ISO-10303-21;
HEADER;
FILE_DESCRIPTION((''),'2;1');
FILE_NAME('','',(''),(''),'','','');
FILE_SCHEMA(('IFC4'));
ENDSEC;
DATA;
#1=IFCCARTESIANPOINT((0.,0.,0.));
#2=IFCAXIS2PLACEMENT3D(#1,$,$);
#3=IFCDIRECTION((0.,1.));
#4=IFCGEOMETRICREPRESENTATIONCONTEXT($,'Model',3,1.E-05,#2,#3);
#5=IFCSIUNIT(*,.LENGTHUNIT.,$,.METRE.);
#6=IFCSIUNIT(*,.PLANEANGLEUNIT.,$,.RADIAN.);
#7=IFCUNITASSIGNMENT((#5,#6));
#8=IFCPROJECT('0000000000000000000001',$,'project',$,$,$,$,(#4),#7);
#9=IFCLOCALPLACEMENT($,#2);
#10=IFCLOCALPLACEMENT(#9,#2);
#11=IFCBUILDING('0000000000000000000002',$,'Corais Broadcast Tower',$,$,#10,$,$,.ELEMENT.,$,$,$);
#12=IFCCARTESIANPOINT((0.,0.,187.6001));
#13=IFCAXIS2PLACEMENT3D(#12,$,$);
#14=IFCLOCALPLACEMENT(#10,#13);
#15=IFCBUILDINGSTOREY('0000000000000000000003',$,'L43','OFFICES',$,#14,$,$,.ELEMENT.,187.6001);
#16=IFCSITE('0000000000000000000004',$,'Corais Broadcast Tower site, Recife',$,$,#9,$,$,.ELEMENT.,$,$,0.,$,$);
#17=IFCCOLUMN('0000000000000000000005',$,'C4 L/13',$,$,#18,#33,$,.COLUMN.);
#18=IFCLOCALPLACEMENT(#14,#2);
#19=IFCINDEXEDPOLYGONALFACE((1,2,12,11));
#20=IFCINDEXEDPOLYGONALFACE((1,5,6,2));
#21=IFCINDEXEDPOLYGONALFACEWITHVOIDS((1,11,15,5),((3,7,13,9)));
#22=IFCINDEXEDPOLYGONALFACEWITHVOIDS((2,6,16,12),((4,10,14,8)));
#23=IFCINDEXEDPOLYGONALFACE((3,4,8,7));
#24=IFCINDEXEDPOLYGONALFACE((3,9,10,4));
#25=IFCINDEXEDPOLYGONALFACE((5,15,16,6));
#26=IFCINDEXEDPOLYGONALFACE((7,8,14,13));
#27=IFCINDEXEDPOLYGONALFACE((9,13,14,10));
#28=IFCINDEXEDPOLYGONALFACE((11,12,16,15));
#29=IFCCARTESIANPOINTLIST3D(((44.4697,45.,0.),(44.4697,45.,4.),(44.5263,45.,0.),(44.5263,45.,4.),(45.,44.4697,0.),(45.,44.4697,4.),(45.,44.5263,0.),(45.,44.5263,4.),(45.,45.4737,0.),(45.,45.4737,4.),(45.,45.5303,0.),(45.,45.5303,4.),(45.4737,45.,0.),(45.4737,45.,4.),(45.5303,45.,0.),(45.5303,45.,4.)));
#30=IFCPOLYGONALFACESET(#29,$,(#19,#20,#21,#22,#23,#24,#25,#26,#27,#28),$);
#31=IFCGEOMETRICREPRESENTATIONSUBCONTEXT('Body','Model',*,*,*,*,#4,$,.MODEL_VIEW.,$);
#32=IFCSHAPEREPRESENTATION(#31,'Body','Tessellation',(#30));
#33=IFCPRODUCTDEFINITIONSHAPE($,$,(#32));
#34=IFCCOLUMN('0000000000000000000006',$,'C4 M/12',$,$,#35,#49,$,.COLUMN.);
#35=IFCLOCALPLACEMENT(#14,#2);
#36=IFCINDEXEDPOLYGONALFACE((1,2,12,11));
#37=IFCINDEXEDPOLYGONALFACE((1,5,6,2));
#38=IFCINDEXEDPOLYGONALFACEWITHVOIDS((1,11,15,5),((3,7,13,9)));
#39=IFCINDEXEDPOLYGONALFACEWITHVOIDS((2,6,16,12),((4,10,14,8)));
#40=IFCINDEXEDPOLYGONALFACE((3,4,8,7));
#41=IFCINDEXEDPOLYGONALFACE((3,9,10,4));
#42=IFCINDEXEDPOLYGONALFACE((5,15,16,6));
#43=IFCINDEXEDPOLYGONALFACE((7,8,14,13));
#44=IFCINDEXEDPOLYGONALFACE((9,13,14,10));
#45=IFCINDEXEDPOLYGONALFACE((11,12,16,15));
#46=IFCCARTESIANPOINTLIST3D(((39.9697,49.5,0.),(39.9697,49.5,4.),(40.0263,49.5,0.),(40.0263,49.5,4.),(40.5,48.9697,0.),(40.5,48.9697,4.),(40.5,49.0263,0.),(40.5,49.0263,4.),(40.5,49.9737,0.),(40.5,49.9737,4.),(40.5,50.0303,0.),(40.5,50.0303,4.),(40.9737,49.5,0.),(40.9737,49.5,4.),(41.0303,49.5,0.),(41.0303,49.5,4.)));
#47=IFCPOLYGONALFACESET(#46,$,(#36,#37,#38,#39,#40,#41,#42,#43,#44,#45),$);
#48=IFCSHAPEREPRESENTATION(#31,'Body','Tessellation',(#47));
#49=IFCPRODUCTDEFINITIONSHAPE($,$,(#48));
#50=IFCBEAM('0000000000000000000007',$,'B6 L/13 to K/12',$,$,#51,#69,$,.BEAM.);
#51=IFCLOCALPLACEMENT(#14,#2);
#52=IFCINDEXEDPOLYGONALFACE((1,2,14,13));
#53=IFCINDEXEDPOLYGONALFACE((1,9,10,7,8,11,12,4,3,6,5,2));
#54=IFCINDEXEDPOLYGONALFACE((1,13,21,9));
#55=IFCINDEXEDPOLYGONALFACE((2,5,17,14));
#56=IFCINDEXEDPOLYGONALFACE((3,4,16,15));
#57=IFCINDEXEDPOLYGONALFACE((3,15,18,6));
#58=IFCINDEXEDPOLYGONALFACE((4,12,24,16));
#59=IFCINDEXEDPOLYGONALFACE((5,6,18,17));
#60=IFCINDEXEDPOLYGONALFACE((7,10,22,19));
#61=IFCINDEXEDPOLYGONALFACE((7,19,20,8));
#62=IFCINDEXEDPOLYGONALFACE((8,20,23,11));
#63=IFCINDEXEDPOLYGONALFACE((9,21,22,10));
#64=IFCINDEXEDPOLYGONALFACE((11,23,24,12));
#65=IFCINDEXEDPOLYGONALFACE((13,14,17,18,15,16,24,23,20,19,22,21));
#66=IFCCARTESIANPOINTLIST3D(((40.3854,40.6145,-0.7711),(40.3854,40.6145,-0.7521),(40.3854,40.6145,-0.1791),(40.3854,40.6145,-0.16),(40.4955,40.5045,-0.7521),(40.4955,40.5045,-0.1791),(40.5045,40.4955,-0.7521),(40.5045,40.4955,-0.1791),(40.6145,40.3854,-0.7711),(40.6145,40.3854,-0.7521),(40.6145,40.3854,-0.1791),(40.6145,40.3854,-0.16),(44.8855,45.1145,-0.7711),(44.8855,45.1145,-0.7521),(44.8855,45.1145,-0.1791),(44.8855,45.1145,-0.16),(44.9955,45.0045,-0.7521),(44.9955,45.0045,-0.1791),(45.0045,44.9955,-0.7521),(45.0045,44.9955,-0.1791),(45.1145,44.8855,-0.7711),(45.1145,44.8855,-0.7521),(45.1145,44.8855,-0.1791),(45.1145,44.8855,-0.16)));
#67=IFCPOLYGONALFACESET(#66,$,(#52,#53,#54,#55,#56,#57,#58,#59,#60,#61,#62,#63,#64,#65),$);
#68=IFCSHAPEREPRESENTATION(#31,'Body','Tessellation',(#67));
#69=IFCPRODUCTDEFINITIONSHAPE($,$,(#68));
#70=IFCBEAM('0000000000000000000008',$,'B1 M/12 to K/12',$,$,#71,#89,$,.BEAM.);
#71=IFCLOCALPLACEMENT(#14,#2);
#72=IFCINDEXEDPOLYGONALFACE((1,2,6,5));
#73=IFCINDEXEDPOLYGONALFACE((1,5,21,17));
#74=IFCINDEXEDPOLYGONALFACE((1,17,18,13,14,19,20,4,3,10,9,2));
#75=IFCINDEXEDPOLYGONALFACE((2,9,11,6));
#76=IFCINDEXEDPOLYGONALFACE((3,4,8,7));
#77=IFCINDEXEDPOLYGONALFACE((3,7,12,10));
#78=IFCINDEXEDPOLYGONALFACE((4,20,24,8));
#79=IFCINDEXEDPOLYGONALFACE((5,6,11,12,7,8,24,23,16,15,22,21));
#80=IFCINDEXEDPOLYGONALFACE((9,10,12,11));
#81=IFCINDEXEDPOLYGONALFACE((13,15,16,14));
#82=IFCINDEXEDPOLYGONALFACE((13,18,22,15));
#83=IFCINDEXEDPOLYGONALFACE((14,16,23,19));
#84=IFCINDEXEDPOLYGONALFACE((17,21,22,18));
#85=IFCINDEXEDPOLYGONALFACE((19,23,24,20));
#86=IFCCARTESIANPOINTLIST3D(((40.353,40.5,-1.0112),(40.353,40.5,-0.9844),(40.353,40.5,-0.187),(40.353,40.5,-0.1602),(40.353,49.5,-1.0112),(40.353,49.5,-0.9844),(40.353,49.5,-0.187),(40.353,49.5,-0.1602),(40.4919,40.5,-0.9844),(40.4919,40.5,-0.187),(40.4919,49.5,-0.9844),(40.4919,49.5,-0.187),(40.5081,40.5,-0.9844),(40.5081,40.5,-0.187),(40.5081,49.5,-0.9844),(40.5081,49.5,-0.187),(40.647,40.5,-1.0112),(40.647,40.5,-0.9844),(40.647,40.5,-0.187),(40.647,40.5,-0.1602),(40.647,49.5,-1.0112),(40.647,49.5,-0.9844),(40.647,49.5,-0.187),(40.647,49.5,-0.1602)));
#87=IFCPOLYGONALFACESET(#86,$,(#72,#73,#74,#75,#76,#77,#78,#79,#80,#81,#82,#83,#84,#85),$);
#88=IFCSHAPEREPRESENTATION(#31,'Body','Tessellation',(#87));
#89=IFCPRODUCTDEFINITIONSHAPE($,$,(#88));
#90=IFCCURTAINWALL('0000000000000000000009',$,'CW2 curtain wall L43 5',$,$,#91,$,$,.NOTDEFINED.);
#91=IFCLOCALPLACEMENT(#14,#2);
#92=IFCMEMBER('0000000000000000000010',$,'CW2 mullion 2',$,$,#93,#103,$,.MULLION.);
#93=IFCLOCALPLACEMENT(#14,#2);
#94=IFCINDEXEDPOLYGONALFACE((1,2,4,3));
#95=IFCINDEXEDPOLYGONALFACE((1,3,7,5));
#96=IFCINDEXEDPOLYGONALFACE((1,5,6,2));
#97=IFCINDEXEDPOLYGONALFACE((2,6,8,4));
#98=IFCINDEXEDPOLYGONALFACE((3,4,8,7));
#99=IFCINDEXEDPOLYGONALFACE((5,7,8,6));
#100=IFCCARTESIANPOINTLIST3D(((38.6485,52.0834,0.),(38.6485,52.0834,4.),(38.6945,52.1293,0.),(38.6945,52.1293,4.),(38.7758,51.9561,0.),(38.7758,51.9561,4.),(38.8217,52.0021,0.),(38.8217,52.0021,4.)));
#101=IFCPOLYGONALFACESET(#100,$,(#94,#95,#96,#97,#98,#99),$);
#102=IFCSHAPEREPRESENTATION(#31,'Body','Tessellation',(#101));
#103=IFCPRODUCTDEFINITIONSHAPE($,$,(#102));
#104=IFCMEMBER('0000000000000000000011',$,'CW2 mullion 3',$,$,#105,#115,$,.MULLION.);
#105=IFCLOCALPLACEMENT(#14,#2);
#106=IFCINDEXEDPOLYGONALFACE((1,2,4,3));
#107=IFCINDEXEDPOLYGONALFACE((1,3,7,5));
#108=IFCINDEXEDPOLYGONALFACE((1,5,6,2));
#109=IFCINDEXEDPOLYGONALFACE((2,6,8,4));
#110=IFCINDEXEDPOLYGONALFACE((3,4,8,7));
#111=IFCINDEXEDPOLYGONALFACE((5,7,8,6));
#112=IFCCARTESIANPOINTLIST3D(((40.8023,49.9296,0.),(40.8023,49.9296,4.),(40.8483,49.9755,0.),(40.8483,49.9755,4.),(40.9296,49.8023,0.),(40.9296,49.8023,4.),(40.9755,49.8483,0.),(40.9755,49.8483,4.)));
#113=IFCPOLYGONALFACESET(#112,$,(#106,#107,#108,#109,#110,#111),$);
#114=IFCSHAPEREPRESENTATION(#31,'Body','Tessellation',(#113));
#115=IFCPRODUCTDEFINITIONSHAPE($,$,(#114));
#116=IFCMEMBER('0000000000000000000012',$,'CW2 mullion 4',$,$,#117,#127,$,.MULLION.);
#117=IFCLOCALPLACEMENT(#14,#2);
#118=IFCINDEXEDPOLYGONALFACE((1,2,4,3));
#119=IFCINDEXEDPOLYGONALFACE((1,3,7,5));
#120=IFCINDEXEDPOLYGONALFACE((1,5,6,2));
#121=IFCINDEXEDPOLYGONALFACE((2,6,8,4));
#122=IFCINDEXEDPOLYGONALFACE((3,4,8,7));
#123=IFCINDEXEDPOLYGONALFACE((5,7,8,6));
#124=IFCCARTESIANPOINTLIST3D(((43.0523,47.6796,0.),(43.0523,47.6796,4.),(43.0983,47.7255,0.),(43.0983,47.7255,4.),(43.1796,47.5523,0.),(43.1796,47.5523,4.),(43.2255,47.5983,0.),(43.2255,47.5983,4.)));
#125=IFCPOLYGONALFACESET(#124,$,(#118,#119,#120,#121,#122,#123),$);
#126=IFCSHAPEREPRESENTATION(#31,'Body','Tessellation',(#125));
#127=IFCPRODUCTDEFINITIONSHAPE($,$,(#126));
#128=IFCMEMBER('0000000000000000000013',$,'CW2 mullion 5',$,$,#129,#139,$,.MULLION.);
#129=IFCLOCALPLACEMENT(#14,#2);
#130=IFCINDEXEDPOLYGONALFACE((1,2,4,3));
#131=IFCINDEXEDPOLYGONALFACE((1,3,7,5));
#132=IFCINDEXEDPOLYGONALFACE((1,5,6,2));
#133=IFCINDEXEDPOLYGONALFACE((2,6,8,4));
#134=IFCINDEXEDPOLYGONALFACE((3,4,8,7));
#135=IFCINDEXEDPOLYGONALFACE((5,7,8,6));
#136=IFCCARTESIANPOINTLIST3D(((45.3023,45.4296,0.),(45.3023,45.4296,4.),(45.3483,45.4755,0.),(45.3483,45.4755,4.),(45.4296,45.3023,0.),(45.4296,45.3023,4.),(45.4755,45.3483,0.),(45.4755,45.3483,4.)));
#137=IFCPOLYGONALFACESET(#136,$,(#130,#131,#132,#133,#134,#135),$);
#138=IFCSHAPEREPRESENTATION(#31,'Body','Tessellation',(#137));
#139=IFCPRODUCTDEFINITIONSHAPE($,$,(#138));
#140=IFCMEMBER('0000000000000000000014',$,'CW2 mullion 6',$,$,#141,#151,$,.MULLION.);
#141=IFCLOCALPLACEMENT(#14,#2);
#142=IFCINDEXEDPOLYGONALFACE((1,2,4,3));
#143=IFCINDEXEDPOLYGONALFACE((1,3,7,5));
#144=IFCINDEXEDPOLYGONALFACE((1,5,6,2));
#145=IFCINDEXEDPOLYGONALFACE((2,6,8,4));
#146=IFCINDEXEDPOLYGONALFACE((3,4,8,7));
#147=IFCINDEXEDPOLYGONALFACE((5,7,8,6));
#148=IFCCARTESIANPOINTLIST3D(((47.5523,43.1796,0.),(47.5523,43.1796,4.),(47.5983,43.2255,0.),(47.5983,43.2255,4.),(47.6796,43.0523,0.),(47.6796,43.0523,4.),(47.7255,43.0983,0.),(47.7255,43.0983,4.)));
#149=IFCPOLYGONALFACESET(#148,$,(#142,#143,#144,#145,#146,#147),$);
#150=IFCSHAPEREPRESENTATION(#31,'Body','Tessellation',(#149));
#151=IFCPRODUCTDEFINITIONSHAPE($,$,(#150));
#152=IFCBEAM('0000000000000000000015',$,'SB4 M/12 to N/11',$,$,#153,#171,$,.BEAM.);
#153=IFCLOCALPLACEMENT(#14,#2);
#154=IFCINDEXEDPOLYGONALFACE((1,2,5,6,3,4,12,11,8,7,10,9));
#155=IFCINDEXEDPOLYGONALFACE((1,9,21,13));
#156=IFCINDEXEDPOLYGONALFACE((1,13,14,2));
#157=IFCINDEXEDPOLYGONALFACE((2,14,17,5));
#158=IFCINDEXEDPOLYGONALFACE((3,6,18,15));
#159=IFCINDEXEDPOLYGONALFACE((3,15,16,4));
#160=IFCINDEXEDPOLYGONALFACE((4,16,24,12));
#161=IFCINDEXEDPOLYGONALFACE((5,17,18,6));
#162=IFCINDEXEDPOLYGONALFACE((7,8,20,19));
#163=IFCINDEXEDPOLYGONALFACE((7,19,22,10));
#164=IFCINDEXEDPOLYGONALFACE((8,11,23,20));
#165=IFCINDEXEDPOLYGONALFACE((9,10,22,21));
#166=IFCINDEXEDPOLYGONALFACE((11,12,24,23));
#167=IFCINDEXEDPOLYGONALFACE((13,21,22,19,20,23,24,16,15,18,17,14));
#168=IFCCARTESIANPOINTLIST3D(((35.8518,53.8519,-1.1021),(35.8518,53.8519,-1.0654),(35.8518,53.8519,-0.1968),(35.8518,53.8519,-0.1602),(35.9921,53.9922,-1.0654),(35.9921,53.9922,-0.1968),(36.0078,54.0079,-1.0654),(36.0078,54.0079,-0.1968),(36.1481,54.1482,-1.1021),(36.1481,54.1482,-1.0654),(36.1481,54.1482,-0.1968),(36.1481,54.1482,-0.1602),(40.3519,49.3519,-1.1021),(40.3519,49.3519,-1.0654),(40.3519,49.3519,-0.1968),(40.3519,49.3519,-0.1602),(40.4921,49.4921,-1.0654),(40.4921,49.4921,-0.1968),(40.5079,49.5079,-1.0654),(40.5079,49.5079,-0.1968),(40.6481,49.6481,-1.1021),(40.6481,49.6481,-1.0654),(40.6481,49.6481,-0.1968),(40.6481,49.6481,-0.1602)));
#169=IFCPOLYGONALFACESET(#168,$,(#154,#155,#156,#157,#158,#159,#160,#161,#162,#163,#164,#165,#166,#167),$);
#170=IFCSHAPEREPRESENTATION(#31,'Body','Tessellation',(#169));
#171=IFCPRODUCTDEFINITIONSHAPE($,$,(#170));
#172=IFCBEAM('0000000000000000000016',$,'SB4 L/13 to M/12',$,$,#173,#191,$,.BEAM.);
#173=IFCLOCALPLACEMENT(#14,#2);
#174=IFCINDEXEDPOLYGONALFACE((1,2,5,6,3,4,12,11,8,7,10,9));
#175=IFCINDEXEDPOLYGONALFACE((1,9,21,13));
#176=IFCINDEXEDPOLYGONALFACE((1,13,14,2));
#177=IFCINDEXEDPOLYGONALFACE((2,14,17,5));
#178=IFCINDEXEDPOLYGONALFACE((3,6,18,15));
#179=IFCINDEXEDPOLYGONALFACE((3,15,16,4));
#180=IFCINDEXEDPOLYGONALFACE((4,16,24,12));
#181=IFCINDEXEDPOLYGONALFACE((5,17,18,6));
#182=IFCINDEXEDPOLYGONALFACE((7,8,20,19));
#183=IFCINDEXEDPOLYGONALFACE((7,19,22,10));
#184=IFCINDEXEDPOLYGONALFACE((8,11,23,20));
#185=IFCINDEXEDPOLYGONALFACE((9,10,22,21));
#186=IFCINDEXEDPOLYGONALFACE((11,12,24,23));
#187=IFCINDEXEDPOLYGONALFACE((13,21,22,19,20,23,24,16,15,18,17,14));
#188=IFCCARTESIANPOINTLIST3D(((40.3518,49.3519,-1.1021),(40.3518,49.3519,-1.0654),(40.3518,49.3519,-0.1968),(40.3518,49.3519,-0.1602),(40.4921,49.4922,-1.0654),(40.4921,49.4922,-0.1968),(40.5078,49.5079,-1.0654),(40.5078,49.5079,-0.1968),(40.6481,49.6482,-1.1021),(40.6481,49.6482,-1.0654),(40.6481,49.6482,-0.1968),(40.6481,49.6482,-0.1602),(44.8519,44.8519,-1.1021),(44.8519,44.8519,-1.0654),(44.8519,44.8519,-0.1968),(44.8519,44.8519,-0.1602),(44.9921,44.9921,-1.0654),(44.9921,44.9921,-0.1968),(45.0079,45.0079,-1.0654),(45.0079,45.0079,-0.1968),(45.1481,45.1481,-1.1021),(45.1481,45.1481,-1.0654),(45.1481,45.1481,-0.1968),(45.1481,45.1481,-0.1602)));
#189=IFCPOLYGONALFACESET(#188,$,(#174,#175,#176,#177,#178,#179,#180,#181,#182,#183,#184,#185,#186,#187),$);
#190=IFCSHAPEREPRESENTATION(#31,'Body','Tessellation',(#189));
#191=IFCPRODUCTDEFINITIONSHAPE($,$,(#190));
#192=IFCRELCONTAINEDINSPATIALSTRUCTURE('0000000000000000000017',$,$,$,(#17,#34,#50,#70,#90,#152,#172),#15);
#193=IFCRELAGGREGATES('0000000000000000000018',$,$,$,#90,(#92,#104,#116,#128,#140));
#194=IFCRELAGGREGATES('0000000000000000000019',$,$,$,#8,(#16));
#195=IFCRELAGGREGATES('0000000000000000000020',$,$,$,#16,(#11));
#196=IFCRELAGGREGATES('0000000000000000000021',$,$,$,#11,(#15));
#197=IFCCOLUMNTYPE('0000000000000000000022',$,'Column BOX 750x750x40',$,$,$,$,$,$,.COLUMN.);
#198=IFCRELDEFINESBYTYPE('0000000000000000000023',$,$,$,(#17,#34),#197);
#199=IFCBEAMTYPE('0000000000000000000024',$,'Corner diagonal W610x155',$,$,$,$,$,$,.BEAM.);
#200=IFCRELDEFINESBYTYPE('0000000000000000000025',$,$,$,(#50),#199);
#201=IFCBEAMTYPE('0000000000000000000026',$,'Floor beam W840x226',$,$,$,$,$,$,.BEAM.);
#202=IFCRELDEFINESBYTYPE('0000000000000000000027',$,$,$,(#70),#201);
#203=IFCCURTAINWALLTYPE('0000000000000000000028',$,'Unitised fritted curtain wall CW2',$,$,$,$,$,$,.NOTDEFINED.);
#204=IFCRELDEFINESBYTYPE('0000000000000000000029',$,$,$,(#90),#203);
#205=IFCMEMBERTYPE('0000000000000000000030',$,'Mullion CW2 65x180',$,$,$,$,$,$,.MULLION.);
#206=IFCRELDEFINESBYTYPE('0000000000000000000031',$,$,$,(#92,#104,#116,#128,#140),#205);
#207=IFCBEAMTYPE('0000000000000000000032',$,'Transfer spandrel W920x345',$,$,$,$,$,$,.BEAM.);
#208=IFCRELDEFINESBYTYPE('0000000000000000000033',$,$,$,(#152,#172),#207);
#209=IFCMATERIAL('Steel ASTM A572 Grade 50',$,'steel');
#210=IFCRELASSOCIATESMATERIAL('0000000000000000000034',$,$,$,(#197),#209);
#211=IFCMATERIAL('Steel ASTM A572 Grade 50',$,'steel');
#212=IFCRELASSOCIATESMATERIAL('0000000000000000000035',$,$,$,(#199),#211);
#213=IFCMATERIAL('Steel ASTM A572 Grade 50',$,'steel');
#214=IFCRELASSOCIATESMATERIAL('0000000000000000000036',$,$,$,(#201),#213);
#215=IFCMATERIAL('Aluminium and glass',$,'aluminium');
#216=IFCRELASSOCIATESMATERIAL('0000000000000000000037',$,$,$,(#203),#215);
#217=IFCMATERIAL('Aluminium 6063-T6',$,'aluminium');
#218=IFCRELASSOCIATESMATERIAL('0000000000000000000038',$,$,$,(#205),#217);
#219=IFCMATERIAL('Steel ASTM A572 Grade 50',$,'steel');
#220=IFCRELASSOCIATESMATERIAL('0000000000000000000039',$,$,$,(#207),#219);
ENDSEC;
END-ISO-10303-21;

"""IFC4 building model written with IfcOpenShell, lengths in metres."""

from ifc_helpers import new_model, si_unit, direction, frame, origin, origin_2d, place, context, subcontext, project, spatial, rectangle, hollow_rectangle, i_section, extrude, material, material_profile, profile_set, type_object, element, aggregate, save


model = new_model("IFC4")

# Units and contexts
model_context = context("Model", 3, precision=1e-05, world=origin(), true_north=direction((0.0, 1.0)))
body_context = subcontext(model_context, "Body", "Model", "MODEL_VIEW")
ifc_project = project(units=[si_unit("LENGTHUNIT", "METRE"), si_unit("PLANEANGLEUNIT", "RADIAN")], contexts=[model_context])

# Site, building, storey
site_placement = place(None, origin())
site = spatial("IfcSite", under=ifc_project, at=site_placement, Name="Corais Broadcast Tower site, Recife", CompositionType="ELEMENT", RefElevation=0.0)
building_placement = place(site_placement, origin())
building = spatial("IfcBuilding", under=site, at=building_placement, Name="Corais Broadcast Tower", CompositionType="ELEMENT")
storey_placement = place(building_placement, frame((0.0, 0.0, 187.6001)))
storey = spatial("IfcBuildingStorey", under=building, at=storey_placement, Name="L43", Description="OFFICES", CompositionType="ELEMENT", Elevation=187.6001)

# Columns
ifc_material_1 = material(Name="Steel ASTM A572 Grade 50", Category="steel")
ifc_material_profile_1 = material_profile(ifc_material_1, hollow_rectangle(XDim=0.75, YDim=0.75, WallThickness=0.04, at=origin_2d()), Name="BOX 750x750x40")
ifc_profile_set_1 = profile_set([ifc_material_profile_1], Name="Steel ASTM A572 Grade 50")
column_type = type_object("IfcColumnType", Name="Column BOX 750x750x40", PredefinedType="COLUMN", material=ifc_profile_set_1)
for number, where, z_axis, x_axis, name in (
    (1, (45.0, 45.0, 0.0), (0.0, 0.0, 1.0), (0.707107, 0.707107, 0.0), "C4 L/13"),
    (2, (40.5, 49.5, 0.0), (0.0, 0.0, 1.0), (0.707107, 0.707107, 0.0), "C4 M/12"),
):
    element("IfcColumn", number, at=place(storey_placement, frame(where, z_axis=z_axis, x_axis=x_axis)), inside=storey, type_object=column_type, Name=name, PredefinedType="COLUMN", context=body_context, shape_type="SweptSolid", body=[
        extrude(hollow_rectangle(XDim=0.75, YDim=0.75, WallThickness=0.04, at=origin_2d()), origin(), (0.0, 0.0, 1.0), 4.0),
    ])

# Beams
ifc_material_2 = material(Name="Steel ASTM A572 Grade 50", Category="steel")
ifc_material_profile_2 = material_profile(ifc_material_2, i_section(OverallWidth=0.324, OverallDepth=0.6111, WebThickness=0.0127, FlangeThickness=0.019, at=origin_2d()), Name="W610x155")
ifc_profile_set_2 = profile_set([ifc_material_profile_2], Name="Steel ASTM A572 Grade 50")
beam_type_1 = type_object("IfcBeamType", Name="Corner diagonal W610x155", PredefinedType="BEAM", material=ifc_profile_set_2)
beam_1_placement = place(storey_placement, frame((45.0, 45.0, -0.4656), z_axis=(-0.707107, -0.707107, 0.0), x_axis=(0.707107, -0.707107, 0.0)))
element("IfcBeam", 3, at=beam_1_placement, inside=storey, type_object=beam_type_1, Name="B6 L/13 to K/12", PredefinedType="BEAM", context=body_context, shape_type="SweptSolid", body=[
    extrude(i_section(OverallWidth=0.324, OverallDepth=0.6111, WebThickness=0.0127, FlangeThickness=0.019, at=origin_2d()), origin(), (0.0, 0.0, 1.0), 6.364),
])
ifc_material_3 = material(Name="Steel ASTM A572 Grade 50", Category="steel")
ifc_material_profile_3 = material_profile(ifc_material_3, i_section(OverallWidth=0.2939, OverallDepth=0.8511, WebThickness=0.0161, FlangeThickness=0.0269, at=origin_2d()), Name="W840x226")
ifc_profile_set_3 = profile_set([ifc_material_profile_3], Name="Steel ASTM A572 Grade 50")
beam_type_2 = type_object("IfcBeamType", Name="Floor beam W840x226", PredefinedType="BEAM", material=ifc_profile_set_3)
beam_2_placement = place(storey_placement, frame((40.5, 49.5, -0.5857), z_axis=(0.0, -1.0, 0.0), x_axis=(1.0, 0.0, 0.0)))
element("IfcBeam", 4, at=beam_2_placement, inside=storey, type_object=beam_type_2, Name="B1 M/12 to K/12", PredefinedType="BEAM", context=body_context, shape_type="SweptSolid", body=[
    extrude(i_section(OverallWidth=0.2939, OverallDepth=0.8511, WebThickness=0.0161, FlangeThickness=0.0269, at=origin_2d()), origin(), (0.0, 0.0, 1.0), 9.0),
])

# Curtain wall, members
ifc_material_4 = material(Name="Aluminium and glass", Category="aluminium")
curtain_wall_type = type_object("IfcCurtainWallType", Name="Unitised fritted curtain wall CW2", PredefinedType="NOTDEFINED", material=ifc_material_4)
curtain_wall_placement = place(storey_placement, origin())
curtain_wall = element("IfcCurtainWall", 5, at=curtain_wall_placement, inside=storey, type_object=curtain_wall_type, Name="CW2 curtain wall L43 5", PredefinedType="NOTDEFINED")
ifc_material_5 = material(Name="Aluminium 6063-T6", Category="aluminium")
ifc_material_profile_4 = material_profile(ifc_material_5, rectangle(XDim=0.0649, YDim=0.1799, at=origin_2d()), Name="Mullion CW2 65x180")
ifc_profile_set_4 = profile_set([ifc_material_profile_4], Name="Aluminium 6063-T6")
member_type_1 = type_object("IfcMemberType", Name="Mullion CW2 65x180", PredefinedType="MULLION", material=ifc_profile_set_4)
member_1_placement = place(storey_placement, frame((38.7351, 52.0427, 0.0), z_axis=(0.0, 0.0, 1.0), x_axis=(0.707107, 0.707107, 0.0)))
member_1 = element("IfcMember", 6, at=member_1_placement, type_object=member_type_1, Name="CW2 mullion 2", PredefinedType="MULLION", context=body_context, shape_type="SweptSolid", body=[
    extrude(rectangle(XDim=0.0649, YDim=0.1799, at=origin_2d()), origin(), (0.0, 0.0, 1.0), 4.0),
])
member_2_placement = place(storey_placement, frame((40.8889, 49.8889, 0.0), z_axis=(0.0, 0.0, 1.0), x_axis=(0.707107, 0.707107, 0.0)))
member_2 = element("IfcMember", 7, at=member_2_placement, type_object=member_type_1, Name="CW2 mullion 3", PredefinedType="MULLION", context=body_context, shape_type="SweptSolid", body=[
    extrude(rectangle(XDim=0.0649, YDim=0.1799, at=origin_2d()), origin(), (0.0, 0.0, 1.0), 4.0),
])
member_3_placement = place(storey_placement, frame((43.1389, 47.6389, 0.0), z_axis=(0.0, 0.0, 1.0), x_axis=(0.707107, 0.707107, 0.0)))
member_3 = element("IfcMember", 8, at=member_3_placement, type_object=member_type_1, Name="CW2 mullion 4", PredefinedType="MULLION", context=body_context, shape_type="SweptSolid", body=[
    extrude(rectangle(XDim=0.0649, YDim=0.1799, at=origin_2d()), origin(), (0.0, 0.0, 1.0), 4.0),
])
member_4_placement = place(storey_placement, frame((45.3889, 45.3889, 0.0), z_axis=(0.0, 0.0, 1.0), x_axis=(0.707107, 0.707107, 0.0)))
member_4 = element("IfcMember", 9, at=member_4_placement, type_object=member_type_1, Name="CW2 mullion 5", PredefinedType="MULLION", context=body_context, shape_type="SweptSolid", body=[
    extrude(rectangle(XDim=0.0649, YDim=0.1799, at=origin_2d()), origin(), (0.0, 0.0, 1.0), 4.0),
])
member_5_placement = place(storey_placement, frame((47.6389, 43.1389, 0.0), z_axis=(0.0, 0.0, 1.0), x_axis=(0.707107, 0.707107, 0.0)))
member_5 = element("IfcMember", 10, at=member_5_placement, type_object=member_type_1, Name="CW2 mullion 6", PredefinedType="MULLION", context=body_context, shape_type="SweptSolid", body=[
    extrude(rectangle(XDim=0.0649, YDim=0.1799, at=origin_2d()), origin(), (0.0, 0.0, 1.0), 4.0),
])

# Beams
ifc_material_6 = material(Name="Steel ASTM A572 Grade 50", Category="steel")
ifc_material_profile_5 = material_profile(ifc_material_6, i_section(OverallWidth=0.4189, OverallDepth=0.9419, WebThickness=0.0222, FlangeThickness=0.0366, at=origin_2d()), Name="W920x345")
ifc_profile_set_5 = profile_set([ifc_material_profile_5], Name="Steel ASTM A572 Grade 50")
beam_type_3 = type_object("IfcBeamType", Name="Transfer spandrel W920x345", PredefinedType="BEAM", material=ifc_profile_set_5)
for number, where, z_axis, x_axis, name in (
    (11, (40.5, 49.5, -0.6311), (-0.707107, 0.707107, 0.0), (-0.707107, -0.707107, 0.0), "SB4 M/12 to N/11"),
    (12, (45.0, 45.0, -0.6311), (-0.707107, 0.707107, 0.0), (-0.707107, -0.707107, 0.0), "SB4 L/13 to M/12"),
):
    element("IfcBeam", number, at=place(storey_placement, frame(where, z_axis=z_axis, x_axis=x_axis)), inside=storey, type_object=beam_type_3, Name=name, PredefinedType="BEAM", context=body_context, shape_type="SweptSolid", body=[
        extrude(i_section(OverallWidth=0.4189, OverallDepth=0.9419, WebThickness=0.0222, FlangeThickness=0.0366, at=origin_2d()), origin(), (0.0, 0.0, 1.0), 6.364),
    ])

aggregate(curtain_wall, [member_1, member_2, member_3, member_4, member_5])

save(model, "model.ifc")
